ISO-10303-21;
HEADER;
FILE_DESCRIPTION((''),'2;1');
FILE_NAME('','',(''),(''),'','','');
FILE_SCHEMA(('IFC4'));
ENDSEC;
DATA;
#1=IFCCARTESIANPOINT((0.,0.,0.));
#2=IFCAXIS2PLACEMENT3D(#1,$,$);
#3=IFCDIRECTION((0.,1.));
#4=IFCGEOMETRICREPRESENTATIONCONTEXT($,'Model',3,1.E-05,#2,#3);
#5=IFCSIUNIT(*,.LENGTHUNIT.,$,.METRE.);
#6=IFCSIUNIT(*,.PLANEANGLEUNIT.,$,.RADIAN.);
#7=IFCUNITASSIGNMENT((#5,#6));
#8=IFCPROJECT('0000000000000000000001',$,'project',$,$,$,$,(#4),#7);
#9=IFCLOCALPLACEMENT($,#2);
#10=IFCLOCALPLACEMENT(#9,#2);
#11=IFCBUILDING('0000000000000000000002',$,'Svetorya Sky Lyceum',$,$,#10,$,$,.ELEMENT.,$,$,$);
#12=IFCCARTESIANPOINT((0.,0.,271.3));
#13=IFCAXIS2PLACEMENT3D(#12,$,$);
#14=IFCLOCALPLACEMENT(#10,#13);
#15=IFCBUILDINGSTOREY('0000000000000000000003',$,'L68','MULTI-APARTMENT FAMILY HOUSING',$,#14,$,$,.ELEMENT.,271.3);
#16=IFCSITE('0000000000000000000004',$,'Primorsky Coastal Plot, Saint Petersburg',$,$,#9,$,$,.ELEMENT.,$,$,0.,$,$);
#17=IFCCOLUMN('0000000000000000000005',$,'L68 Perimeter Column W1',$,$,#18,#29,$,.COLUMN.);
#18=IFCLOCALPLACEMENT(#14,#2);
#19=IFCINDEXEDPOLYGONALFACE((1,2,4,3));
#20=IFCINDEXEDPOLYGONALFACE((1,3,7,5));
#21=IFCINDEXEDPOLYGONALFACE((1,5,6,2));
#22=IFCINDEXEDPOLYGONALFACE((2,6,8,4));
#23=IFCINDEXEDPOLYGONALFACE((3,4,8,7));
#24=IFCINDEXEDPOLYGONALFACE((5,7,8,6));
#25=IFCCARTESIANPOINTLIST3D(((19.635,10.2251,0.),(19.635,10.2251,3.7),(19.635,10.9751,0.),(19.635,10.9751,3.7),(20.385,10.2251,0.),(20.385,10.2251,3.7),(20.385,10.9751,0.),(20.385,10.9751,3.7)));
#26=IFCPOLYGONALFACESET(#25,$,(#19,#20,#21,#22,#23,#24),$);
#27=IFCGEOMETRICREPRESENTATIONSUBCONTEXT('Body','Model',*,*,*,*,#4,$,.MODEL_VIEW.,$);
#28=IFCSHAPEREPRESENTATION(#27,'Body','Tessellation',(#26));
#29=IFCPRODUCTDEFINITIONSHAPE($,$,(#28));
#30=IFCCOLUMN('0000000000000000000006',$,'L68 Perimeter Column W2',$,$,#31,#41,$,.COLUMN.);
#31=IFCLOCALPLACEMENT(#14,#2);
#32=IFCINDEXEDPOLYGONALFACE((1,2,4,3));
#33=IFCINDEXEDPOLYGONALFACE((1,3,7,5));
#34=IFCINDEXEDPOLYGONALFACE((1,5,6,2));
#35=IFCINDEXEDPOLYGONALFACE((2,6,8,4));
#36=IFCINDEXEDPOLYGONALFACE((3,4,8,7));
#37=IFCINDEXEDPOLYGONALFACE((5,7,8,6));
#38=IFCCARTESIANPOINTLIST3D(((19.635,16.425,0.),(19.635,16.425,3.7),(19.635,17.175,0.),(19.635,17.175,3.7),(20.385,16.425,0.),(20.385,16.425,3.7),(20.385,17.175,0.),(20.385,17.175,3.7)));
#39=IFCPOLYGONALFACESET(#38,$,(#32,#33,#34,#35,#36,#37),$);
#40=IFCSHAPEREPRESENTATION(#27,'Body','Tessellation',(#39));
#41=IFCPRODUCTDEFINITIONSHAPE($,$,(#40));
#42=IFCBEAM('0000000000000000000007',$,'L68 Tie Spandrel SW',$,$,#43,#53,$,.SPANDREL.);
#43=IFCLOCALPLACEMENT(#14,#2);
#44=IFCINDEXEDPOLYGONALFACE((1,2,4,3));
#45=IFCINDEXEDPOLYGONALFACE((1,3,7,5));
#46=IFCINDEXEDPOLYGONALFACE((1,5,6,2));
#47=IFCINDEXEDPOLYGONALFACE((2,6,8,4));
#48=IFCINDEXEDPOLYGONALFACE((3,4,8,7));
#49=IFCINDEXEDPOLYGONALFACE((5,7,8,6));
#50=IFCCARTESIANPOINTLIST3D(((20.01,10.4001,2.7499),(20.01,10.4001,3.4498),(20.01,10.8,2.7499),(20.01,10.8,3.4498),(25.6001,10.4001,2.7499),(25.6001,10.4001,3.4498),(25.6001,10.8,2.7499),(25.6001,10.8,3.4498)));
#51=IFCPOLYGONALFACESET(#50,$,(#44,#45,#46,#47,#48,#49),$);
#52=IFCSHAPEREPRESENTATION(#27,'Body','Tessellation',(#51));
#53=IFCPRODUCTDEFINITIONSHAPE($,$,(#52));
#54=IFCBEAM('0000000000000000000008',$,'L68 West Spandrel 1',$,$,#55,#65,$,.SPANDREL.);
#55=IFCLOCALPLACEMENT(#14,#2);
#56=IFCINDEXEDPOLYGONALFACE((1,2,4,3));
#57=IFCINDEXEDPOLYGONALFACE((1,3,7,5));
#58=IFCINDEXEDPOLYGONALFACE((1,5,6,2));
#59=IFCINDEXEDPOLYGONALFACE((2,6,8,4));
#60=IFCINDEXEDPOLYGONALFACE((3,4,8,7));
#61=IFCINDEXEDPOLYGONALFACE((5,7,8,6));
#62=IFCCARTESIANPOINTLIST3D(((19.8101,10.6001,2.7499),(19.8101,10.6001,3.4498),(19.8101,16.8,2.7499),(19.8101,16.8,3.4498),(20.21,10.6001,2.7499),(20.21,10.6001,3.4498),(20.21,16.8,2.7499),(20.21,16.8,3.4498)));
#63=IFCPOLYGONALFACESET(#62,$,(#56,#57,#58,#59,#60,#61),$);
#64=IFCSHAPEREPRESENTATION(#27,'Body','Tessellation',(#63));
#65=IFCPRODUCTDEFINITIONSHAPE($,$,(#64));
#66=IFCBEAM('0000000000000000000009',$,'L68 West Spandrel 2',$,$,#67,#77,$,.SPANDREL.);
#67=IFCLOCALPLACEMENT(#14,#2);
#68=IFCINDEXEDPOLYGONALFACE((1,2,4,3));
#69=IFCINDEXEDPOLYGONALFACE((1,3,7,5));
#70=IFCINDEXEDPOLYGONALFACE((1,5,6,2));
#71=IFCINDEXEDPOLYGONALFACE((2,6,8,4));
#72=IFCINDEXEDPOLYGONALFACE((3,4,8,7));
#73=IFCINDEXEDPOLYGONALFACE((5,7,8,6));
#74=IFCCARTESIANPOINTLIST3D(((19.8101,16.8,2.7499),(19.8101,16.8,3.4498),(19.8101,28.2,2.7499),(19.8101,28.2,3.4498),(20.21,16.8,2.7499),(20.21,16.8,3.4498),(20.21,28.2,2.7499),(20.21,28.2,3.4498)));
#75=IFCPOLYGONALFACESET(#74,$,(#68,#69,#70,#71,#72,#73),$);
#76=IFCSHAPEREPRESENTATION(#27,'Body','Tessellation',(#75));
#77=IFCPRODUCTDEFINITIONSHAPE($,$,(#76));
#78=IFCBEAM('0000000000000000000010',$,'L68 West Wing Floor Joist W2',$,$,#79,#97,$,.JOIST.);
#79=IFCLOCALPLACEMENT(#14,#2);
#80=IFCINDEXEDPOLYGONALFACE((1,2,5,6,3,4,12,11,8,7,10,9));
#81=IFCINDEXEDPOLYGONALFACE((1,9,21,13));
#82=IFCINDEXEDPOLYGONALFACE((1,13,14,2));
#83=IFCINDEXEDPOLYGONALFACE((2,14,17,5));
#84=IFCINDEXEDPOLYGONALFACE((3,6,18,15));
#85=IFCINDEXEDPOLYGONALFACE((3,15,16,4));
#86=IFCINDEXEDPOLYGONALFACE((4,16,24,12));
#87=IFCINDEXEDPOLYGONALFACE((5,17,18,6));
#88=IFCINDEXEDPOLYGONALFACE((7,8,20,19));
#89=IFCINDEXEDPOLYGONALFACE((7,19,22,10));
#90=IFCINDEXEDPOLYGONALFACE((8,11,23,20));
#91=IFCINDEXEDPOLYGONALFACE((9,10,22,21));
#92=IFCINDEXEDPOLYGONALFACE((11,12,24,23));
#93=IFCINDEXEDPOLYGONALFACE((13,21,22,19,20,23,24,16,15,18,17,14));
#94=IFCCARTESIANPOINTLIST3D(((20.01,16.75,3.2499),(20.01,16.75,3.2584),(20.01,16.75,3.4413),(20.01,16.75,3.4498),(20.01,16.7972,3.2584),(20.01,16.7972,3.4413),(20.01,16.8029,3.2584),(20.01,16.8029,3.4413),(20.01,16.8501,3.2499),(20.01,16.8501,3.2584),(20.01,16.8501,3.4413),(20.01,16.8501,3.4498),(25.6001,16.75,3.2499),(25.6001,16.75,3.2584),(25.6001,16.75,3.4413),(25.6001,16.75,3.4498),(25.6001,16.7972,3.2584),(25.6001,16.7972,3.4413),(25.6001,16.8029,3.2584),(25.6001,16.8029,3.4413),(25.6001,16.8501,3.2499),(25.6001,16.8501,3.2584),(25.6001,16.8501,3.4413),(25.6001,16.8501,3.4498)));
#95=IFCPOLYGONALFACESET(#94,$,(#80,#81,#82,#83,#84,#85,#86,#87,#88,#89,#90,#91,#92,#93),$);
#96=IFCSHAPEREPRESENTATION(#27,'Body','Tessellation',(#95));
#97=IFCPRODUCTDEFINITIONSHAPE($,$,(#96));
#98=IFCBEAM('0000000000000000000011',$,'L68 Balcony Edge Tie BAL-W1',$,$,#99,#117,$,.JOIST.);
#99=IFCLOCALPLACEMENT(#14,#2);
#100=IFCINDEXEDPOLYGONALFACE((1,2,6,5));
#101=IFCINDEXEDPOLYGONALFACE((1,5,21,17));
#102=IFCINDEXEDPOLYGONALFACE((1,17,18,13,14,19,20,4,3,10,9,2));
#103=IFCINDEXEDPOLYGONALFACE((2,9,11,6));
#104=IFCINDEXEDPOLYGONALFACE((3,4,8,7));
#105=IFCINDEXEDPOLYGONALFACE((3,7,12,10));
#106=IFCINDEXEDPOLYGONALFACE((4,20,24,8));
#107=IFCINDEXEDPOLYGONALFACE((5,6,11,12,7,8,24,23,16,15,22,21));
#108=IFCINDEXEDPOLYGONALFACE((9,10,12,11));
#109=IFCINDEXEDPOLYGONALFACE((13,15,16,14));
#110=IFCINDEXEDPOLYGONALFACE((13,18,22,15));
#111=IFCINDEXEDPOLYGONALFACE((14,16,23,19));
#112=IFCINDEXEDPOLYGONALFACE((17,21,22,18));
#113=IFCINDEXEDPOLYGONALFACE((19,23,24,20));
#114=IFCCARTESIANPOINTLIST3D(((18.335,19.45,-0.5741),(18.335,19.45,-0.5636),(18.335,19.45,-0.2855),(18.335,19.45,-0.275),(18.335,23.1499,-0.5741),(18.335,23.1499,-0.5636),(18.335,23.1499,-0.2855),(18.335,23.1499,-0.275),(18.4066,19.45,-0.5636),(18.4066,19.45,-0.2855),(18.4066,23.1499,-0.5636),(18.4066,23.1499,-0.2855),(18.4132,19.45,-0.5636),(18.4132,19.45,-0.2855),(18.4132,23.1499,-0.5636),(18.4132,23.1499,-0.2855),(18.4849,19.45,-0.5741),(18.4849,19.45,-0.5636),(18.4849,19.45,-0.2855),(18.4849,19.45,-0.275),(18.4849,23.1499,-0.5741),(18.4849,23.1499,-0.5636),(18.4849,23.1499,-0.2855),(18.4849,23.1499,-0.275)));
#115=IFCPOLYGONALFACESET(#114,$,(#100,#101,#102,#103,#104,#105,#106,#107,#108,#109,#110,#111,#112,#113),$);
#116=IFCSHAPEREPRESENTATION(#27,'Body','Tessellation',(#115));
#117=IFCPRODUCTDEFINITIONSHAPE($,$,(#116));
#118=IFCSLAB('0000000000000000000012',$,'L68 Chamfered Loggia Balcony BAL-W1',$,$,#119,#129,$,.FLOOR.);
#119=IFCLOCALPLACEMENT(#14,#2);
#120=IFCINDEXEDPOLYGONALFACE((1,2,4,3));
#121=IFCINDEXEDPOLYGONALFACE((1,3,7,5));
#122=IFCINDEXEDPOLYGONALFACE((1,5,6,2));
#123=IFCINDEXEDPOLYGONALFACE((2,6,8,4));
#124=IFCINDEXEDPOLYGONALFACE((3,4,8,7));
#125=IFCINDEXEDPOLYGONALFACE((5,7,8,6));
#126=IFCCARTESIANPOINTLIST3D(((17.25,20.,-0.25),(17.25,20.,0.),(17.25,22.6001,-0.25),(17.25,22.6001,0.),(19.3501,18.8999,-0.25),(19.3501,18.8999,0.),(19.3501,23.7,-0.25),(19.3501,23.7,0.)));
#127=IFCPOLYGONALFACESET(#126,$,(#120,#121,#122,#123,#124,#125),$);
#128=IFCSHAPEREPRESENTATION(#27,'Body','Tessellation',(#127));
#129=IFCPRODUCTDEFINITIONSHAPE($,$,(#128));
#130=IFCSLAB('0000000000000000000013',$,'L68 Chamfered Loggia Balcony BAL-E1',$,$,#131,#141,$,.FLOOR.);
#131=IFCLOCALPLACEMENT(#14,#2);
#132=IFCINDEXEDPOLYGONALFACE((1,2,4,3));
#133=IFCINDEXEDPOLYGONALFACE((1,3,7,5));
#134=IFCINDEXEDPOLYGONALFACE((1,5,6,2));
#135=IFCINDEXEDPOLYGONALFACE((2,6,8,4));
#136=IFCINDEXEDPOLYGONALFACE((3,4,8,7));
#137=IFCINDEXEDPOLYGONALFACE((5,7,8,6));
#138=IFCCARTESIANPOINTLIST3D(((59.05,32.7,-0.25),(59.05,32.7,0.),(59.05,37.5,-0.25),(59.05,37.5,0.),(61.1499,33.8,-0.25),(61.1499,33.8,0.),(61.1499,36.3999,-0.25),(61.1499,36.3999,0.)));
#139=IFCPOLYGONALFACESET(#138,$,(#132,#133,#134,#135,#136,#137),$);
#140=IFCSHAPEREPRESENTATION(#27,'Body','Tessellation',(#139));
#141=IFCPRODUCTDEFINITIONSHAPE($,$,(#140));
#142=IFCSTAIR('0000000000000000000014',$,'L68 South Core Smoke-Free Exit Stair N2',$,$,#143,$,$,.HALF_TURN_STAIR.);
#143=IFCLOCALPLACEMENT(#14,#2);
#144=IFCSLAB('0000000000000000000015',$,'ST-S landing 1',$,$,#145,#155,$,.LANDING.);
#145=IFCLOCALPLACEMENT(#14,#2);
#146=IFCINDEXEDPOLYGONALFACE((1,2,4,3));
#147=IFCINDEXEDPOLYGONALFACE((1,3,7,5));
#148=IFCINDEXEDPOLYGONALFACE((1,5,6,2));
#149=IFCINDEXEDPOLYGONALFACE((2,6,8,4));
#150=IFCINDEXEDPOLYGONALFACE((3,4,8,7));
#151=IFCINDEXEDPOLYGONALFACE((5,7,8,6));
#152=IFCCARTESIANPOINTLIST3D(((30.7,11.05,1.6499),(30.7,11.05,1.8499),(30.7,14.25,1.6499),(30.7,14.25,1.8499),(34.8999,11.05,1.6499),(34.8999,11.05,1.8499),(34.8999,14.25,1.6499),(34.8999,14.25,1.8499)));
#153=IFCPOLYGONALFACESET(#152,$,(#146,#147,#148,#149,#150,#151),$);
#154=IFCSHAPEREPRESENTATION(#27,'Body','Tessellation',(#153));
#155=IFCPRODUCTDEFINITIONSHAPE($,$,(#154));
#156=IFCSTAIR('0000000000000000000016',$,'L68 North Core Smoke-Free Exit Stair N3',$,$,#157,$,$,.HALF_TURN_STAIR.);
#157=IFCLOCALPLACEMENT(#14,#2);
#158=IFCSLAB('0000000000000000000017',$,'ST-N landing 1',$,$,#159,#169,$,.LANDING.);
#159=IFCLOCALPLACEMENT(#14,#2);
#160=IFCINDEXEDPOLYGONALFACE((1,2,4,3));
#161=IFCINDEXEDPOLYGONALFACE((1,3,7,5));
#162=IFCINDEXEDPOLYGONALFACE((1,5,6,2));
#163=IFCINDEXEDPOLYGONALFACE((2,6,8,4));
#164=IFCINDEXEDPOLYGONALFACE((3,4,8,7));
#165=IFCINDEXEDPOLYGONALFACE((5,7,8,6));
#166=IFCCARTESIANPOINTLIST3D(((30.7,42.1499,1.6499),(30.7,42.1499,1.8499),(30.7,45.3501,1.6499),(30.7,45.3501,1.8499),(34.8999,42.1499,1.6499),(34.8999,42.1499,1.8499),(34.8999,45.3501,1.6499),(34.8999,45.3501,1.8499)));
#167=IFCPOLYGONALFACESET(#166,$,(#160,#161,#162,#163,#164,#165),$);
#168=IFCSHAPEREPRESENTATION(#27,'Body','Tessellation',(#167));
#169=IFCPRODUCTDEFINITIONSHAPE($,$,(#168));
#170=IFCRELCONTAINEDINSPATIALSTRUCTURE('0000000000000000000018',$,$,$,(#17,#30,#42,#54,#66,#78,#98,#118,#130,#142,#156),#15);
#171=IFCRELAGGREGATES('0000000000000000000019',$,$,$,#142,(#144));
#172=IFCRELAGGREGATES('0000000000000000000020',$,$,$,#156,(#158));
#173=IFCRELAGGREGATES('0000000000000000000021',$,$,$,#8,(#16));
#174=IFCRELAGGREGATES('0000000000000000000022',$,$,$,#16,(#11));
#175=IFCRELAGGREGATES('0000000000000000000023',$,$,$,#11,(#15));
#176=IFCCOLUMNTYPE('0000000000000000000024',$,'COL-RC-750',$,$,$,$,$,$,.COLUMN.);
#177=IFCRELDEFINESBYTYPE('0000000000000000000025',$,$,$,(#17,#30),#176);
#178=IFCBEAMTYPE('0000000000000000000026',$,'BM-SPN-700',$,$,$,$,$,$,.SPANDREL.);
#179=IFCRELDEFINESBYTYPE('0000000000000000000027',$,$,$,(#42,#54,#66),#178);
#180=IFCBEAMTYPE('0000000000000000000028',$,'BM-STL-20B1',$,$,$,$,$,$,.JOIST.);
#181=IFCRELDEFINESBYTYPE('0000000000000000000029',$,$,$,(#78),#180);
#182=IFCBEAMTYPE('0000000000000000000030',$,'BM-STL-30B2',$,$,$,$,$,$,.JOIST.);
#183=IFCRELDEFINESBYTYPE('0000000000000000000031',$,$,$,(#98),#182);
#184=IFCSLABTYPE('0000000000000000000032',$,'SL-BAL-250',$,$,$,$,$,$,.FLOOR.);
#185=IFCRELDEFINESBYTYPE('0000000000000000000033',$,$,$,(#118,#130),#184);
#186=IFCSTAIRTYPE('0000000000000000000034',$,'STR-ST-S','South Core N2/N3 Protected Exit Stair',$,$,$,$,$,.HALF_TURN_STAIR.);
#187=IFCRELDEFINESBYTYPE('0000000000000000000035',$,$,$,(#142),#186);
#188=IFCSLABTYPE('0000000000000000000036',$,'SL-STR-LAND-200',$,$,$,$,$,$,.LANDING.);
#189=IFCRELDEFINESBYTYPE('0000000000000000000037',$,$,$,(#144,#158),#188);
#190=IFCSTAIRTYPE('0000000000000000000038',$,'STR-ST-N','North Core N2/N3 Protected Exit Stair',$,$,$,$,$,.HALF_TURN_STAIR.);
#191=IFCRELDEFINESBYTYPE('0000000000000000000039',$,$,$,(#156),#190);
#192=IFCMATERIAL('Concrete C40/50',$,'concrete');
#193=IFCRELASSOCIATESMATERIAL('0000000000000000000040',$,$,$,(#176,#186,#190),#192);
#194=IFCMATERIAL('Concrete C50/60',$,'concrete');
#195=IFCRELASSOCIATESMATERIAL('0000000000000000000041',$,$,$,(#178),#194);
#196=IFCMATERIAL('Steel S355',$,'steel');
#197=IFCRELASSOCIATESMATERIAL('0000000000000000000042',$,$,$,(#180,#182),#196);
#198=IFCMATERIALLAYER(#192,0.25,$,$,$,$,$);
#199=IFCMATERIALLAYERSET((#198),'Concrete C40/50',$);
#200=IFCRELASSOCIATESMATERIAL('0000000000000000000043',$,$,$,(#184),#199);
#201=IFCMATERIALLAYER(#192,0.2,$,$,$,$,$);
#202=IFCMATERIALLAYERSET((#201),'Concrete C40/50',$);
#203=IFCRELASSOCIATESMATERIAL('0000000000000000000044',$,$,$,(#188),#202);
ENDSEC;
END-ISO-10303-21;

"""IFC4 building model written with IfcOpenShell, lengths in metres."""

from ifc_helpers import new_model, si_unit, direction, frame, origin, origin_2d, place, context, subcontext, project, spatial, polyline, rectangle, i_section, outline, extrude, material, layer, layer_set, material_profile, profile_set, type_object, element, aggregate, save


model = new_model("IFC4")

# Units and contexts
model_context = context("Model", 3, precision=1e-05, world=origin(), true_north=direction((0.0, 1.0)))
body_context = subcontext(model_context, "Body", "Model", "MODEL_VIEW")
ifc_project = project(units=[si_unit("LENGTHUNIT", "METRE"), si_unit("PLANEANGLEUNIT", "RADIAN")], contexts=[model_context])

# Site, building, storey
site_placement = place(None, origin())
site = spatial("IfcSite", under=ifc_project, at=site_placement, Name="Primorsky Coastal Plot, Saint Petersburg", CompositionType="ELEMENT", RefElevation=0.0)
building_placement = place(site_placement, origin())
building = spatial("IfcBuilding", under=site, at=building_placement, Name="Svetorya Sky Lyceum", CompositionType="ELEMENT")
storey_placement = place(building_placement, frame((0.0, 0.0, 271.3)))
storey = spatial("IfcBuildingStorey", under=building, at=storey_placement, Name="L68", Description="MULTI-APARTMENT FAMILY HOUSING", CompositionType="ELEMENT", Elevation=271.3)

# Columns
ifc_material_1 = material(Name="Concrete C40/50", Category="concrete")
ifc_material_profile_1 = material_profile(ifc_material_1, rectangle(XDim=0.75, YDim=0.75, at=origin_2d()), Name="RC COL 750x750")
ifc_profile_set_1 = profile_set([ifc_material_profile_1], Name="Concrete C40/50")
column_type = type_object("IfcColumnType", Name="COL-RC-750", PredefinedType="COLUMN", material=ifc_profile_set_1)
for number, where, z_axis, x_axis, name in (
    (1, (20.01, 10.6001, 0.0), (0.0, 0.0, 1.0), (1.0, 0.0, 0.0), "L68 Perimeter Column W1"),
    (2, (20.01, 16.8, 0.0), (0.0, 0.0, 1.0), (1.0, 0.0, 0.0), "L68 Perimeter Column W2"),
):
    element("IfcColumn", number, at=place(storey_placement, frame(where, z_axis=z_axis, x_axis=x_axis)), inside=storey, type_object=column_type, Name=name, PredefinedType="COLUMN", context=body_context, shape_type="SweptSolid", body=[
        extrude(rectangle(XDim=0.75, YDim=0.75, at=origin_2d()), origin(), (0.0, 0.0, 1.0), 3.7),
    ])

# Beams
ifc_material_2 = material(Name="Concrete C50/60", Category="concrete")
ifc_material_profile_2 = material_profile(ifc_material_2, rectangle(XDim=0.3999, YDim=0.7, at=origin_2d()), Name="RC SPANDREL 400x700")
ifc_profile_set_2 = profile_set([ifc_material_profile_2], Name="Concrete C50/60")
beam_type_1 = type_object("IfcBeamType", Name="BM-SPN-700", PredefinedType="SPANDREL", material=ifc_profile_set_2)
beam_1_placement = place(storey_placement, frame((20.01, 10.6001, 3.0999), z_axis=(1.0, 0.0, 0.0), x_axis=(0.0, 1.0, 0.0)))
element("IfcBeam", 3, at=beam_1_placement, inside=storey, type_object=beam_type_1, Name="L68 Tie Spandrel SW", PredefinedType="SPANDREL", context=body_context, shape_type="SweptSolid", body=[
    extrude(rectangle(XDim=0.3999, YDim=0.7, at=origin_2d()), origin(), (0.0, 0.0, 1.0), 5.5901),
])
beam_2_placement = place(storey_placement, frame((20.01, 10.6001, 3.0999), z_axis=(0.0, 1.0, 0.0), x_axis=(-1.0, 0.0, 0.0)))
element("IfcBeam", 4, at=beam_2_placement, inside=storey, type_object=beam_type_1, Name="L68 West Spandrel 1", PredefinedType="SPANDREL", context=body_context, shape_type="SweptSolid", body=[
    extrude(rectangle(XDim=0.3999, YDim=0.7, at=origin_2d()), origin(), (0.0, 0.0, 1.0), 6.2),
])
beam_3_placement = place(storey_placement, frame((20.01, 16.8, 3.0999), z_axis=(0.0, 1.0, 0.0), x_axis=(-1.0, 0.0, 0.0)))
element("IfcBeam", 5, at=beam_3_placement, inside=storey, type_object=beam_type_1, Name="L68 West Spandrel 2", PredefinedType="SPANDREL", context=body_context, shape_type="SweptSolid", body=[
    extrude(rectangle(XDim=0.3999, YDim=0.7, at=origin_2d()), origin(), (0.0, 0.0, 1.0), 11.3999),
])
ifc_material_3 = material(Name="Steel S355", Category="steel")
ifc_material_profile_3 = material_profile(ifc_material_3, i_section(OverallWidth=0.1001, OverallDepth=0.2, WebThickness=0.0056, FlangeThickness=0.0085, at=origin_2d()), Name="GOST 20B1")
ifc_profile_set_3 = profile_set([ifc_material_profile_3], Name="Steel S355")
beam_type_2 = type_object("IfcBeamType", Name="BM-STL-20B1", PredefinedType="JOIST", material=ifc_profile_set_3)
beam_4_placement = place(storey_placement, frame((20.01, 16.8, 3.3499), z_axis=(1.0, 0.0, 0.0), x_axis=(0.0, 1.0, 0.0)))
element("IfcBeam", 6, at=beam_4_placement, inside=storey, type_object=beam_type_2, Name="L68 West Wing Floor Joist W2", PredefinedType="JOIST", context=body_context, shape_type="SweptSolid", body=[
    extrude(i_section(OverallWidth=0.1001, OverallDepth=0.2, WebThickness=0.0056, FlangeThickness=0.0085, at=origin_2d()), origin(), (0.0, 0.0, 1.0), 5.5901),
])
ifc_material_profile_4 = material_profile(ifc_material_3, i_section(OverallWidth=0.1499, OverallDepth=0.2991, WebThickness=0.0066, FlangeThickness=0.0105, at=origin_2d()), Name="GOST 30B2")
ifc_profile_set_4 = profile_set([ifc_material_profile_4], Name="Steel S355")
beam_type_3 = type_object("IfcBeamType", Name="BM-STL-30B2", PredefinedType="JOIST", material=ifc_profile_set_4)
beam_5_placement = place(storey_placement, frame((18.4099, 19.45, -0.4246), z_axis=(0.0, 1.0, 0.0), x_axis=(-1.0, 0.0, 0.0)))
element("IfcBeam", 7, at=beam_5_placement, inside=storey, type_object=beam_type_3, Name="L68 Balcony Edge Tie BAL-W1", PredefinedType="JOIST", context=body_context, shape_type="SweptSolid", body=[
    extrude(i_section(OverallWidth=0.1499, OverallDepth=0.2991, WebThickness=0.0066, FlangeThickness=0.0105, at=origin_2d()), origin(), (0.0, 0.0, 1.0), 3.7),
])

# Slabs
ifc_layer_1 = layer(ifc_material_1, 0.25)
ifc_layer_set_1 = layer_set([ifc_layer_1], Name="Concrete C40/50")
slab_type_1 = type_object("IfcSlabType", Name="SL-BAL-250", PredefinedType="FLOOR", material=ifc_layer_set_1)
slab_1_placement = place(storey_placement, frame((0.0, 0.0, -0.25)))
element("IfcSlab", 8, at=slab_1_placement, inside=storey, type_object=slab_type_1, Name="L68 Chamfered Loggia Balcony BAL-W1", PredefinedType="FLOOR", context=body_context, shape_type="SweptSolid", body=[
    extrude(outline(polyline([(19.3501, 18.8999), (19.3501, 23.7), (17.25, 22.6001), (17.25, 20.0), (19.3501, 18.8999)])), origin(), (0.0, 0.0, 1.0), 0.25),
])
slab_2_placement = place(storey_placement, frame((0.0, 0.0, -0.25)))
element("IfcSlab", 9, at=slab_2_placement, inside=storey, type_object=slab_type_1, Name="L68 Chamfered Loggia Balcony BAL-E1", PredefinedType="FLOOR", context=body_context, shape_type="SweptSolid", body=[
    extrude(outline(polyline([(59.05, 32.7), (61.1499, 33.8), (61.1499, 36.3999), (59.05, 37.5), (59.05, 32.7)])), origin(), (0.0, 0.0, 1.0), 0.25),
])

# Stairs, slabs
stair_type_1 = type_object("IfcStairType", Name="STR-ST-S", Description="South Core N2/N3 Protected Exit Stair", PredefinedType="HALF_TURN_STAIR", material=ifc_material_1)
stair_1_placement = place(storey_placement, origin())
stair_1 = element("IfcStair", 10, at=stair_1_placement, inside=storey, type_object=stair_type_1, Name="L68 South Core Smoke-Free Exit Stair N2", PredefinedType="HALF_TURN_STAIR")
ifc_layer_2 = layer(ifc_material_1, 0.2)
ifc_layer_set_2 = layer_set([ifc_layer_2], Name="Concrete C40/50")
slab_type_2 = type_object("IfcSlabType", Name="SL-STR-LAND-200", PredefinedType="LANDING", material=ifc_layer_set_2)
slab_3_placement = place(storey_placement, frame((0.0, 0.0, 1.6499)))
slab_3 = element("IfcSlab", 11, at=slab_3_placement, type_object=slab_type_2, Name="ST-S landing 1", PredefinedType="LANDING", context=body_context, shape_type="SweptSolid", body=[
    extrude(outline(polyline([(30.7, 11.05), (34.8999, 11.05), (34.8999, 14.25), (30.7, 14.25), (30.7, 11.05)])), origin(), (0.0, 0.0, 1.0), 0.2),
])
aggregate(stair_1, [slab_3])
stair_type_2 = type_object("IfcStairType", Name="STR-ST-N", Description="North Core N2/N3 Protected Exit Stair", PredefinedType="HALF_TURN_STAIR", material=ifc_material_1)
stair_2_placement = place(storey_placement, origin())
stair_2 = element("IfcStair", 12, at=stair_2_placement, inside=storey, type_object=stair_type_2, Name="L68 North Core Smoke-Free Exit Stair N3", PredefinedType="HALF_TURN_STAIR")
slab_4_placement = place(storey_placement, frame((0.0, 0.0, 1.6499)))
slab_4 = element("IfcSlab", 13, at=slab_4_placement, type_object=slab_type_2, Name="ST-N landing 1", PredefinedType="LANDING", context=body_context, shape_type="SweptSolid", body=[
    extrude(outline(polyline([(30.7, 42.1499), (34.8999, 42.1499), (34.8999, 45.3501), (30.7, 45.3501), (30.7, 42.1499)])), origin(), (0.0, 0.0, 1.0), 0.2),
])
aggregate(stair_2, [slab_4])

save(model, "model.ifc")
